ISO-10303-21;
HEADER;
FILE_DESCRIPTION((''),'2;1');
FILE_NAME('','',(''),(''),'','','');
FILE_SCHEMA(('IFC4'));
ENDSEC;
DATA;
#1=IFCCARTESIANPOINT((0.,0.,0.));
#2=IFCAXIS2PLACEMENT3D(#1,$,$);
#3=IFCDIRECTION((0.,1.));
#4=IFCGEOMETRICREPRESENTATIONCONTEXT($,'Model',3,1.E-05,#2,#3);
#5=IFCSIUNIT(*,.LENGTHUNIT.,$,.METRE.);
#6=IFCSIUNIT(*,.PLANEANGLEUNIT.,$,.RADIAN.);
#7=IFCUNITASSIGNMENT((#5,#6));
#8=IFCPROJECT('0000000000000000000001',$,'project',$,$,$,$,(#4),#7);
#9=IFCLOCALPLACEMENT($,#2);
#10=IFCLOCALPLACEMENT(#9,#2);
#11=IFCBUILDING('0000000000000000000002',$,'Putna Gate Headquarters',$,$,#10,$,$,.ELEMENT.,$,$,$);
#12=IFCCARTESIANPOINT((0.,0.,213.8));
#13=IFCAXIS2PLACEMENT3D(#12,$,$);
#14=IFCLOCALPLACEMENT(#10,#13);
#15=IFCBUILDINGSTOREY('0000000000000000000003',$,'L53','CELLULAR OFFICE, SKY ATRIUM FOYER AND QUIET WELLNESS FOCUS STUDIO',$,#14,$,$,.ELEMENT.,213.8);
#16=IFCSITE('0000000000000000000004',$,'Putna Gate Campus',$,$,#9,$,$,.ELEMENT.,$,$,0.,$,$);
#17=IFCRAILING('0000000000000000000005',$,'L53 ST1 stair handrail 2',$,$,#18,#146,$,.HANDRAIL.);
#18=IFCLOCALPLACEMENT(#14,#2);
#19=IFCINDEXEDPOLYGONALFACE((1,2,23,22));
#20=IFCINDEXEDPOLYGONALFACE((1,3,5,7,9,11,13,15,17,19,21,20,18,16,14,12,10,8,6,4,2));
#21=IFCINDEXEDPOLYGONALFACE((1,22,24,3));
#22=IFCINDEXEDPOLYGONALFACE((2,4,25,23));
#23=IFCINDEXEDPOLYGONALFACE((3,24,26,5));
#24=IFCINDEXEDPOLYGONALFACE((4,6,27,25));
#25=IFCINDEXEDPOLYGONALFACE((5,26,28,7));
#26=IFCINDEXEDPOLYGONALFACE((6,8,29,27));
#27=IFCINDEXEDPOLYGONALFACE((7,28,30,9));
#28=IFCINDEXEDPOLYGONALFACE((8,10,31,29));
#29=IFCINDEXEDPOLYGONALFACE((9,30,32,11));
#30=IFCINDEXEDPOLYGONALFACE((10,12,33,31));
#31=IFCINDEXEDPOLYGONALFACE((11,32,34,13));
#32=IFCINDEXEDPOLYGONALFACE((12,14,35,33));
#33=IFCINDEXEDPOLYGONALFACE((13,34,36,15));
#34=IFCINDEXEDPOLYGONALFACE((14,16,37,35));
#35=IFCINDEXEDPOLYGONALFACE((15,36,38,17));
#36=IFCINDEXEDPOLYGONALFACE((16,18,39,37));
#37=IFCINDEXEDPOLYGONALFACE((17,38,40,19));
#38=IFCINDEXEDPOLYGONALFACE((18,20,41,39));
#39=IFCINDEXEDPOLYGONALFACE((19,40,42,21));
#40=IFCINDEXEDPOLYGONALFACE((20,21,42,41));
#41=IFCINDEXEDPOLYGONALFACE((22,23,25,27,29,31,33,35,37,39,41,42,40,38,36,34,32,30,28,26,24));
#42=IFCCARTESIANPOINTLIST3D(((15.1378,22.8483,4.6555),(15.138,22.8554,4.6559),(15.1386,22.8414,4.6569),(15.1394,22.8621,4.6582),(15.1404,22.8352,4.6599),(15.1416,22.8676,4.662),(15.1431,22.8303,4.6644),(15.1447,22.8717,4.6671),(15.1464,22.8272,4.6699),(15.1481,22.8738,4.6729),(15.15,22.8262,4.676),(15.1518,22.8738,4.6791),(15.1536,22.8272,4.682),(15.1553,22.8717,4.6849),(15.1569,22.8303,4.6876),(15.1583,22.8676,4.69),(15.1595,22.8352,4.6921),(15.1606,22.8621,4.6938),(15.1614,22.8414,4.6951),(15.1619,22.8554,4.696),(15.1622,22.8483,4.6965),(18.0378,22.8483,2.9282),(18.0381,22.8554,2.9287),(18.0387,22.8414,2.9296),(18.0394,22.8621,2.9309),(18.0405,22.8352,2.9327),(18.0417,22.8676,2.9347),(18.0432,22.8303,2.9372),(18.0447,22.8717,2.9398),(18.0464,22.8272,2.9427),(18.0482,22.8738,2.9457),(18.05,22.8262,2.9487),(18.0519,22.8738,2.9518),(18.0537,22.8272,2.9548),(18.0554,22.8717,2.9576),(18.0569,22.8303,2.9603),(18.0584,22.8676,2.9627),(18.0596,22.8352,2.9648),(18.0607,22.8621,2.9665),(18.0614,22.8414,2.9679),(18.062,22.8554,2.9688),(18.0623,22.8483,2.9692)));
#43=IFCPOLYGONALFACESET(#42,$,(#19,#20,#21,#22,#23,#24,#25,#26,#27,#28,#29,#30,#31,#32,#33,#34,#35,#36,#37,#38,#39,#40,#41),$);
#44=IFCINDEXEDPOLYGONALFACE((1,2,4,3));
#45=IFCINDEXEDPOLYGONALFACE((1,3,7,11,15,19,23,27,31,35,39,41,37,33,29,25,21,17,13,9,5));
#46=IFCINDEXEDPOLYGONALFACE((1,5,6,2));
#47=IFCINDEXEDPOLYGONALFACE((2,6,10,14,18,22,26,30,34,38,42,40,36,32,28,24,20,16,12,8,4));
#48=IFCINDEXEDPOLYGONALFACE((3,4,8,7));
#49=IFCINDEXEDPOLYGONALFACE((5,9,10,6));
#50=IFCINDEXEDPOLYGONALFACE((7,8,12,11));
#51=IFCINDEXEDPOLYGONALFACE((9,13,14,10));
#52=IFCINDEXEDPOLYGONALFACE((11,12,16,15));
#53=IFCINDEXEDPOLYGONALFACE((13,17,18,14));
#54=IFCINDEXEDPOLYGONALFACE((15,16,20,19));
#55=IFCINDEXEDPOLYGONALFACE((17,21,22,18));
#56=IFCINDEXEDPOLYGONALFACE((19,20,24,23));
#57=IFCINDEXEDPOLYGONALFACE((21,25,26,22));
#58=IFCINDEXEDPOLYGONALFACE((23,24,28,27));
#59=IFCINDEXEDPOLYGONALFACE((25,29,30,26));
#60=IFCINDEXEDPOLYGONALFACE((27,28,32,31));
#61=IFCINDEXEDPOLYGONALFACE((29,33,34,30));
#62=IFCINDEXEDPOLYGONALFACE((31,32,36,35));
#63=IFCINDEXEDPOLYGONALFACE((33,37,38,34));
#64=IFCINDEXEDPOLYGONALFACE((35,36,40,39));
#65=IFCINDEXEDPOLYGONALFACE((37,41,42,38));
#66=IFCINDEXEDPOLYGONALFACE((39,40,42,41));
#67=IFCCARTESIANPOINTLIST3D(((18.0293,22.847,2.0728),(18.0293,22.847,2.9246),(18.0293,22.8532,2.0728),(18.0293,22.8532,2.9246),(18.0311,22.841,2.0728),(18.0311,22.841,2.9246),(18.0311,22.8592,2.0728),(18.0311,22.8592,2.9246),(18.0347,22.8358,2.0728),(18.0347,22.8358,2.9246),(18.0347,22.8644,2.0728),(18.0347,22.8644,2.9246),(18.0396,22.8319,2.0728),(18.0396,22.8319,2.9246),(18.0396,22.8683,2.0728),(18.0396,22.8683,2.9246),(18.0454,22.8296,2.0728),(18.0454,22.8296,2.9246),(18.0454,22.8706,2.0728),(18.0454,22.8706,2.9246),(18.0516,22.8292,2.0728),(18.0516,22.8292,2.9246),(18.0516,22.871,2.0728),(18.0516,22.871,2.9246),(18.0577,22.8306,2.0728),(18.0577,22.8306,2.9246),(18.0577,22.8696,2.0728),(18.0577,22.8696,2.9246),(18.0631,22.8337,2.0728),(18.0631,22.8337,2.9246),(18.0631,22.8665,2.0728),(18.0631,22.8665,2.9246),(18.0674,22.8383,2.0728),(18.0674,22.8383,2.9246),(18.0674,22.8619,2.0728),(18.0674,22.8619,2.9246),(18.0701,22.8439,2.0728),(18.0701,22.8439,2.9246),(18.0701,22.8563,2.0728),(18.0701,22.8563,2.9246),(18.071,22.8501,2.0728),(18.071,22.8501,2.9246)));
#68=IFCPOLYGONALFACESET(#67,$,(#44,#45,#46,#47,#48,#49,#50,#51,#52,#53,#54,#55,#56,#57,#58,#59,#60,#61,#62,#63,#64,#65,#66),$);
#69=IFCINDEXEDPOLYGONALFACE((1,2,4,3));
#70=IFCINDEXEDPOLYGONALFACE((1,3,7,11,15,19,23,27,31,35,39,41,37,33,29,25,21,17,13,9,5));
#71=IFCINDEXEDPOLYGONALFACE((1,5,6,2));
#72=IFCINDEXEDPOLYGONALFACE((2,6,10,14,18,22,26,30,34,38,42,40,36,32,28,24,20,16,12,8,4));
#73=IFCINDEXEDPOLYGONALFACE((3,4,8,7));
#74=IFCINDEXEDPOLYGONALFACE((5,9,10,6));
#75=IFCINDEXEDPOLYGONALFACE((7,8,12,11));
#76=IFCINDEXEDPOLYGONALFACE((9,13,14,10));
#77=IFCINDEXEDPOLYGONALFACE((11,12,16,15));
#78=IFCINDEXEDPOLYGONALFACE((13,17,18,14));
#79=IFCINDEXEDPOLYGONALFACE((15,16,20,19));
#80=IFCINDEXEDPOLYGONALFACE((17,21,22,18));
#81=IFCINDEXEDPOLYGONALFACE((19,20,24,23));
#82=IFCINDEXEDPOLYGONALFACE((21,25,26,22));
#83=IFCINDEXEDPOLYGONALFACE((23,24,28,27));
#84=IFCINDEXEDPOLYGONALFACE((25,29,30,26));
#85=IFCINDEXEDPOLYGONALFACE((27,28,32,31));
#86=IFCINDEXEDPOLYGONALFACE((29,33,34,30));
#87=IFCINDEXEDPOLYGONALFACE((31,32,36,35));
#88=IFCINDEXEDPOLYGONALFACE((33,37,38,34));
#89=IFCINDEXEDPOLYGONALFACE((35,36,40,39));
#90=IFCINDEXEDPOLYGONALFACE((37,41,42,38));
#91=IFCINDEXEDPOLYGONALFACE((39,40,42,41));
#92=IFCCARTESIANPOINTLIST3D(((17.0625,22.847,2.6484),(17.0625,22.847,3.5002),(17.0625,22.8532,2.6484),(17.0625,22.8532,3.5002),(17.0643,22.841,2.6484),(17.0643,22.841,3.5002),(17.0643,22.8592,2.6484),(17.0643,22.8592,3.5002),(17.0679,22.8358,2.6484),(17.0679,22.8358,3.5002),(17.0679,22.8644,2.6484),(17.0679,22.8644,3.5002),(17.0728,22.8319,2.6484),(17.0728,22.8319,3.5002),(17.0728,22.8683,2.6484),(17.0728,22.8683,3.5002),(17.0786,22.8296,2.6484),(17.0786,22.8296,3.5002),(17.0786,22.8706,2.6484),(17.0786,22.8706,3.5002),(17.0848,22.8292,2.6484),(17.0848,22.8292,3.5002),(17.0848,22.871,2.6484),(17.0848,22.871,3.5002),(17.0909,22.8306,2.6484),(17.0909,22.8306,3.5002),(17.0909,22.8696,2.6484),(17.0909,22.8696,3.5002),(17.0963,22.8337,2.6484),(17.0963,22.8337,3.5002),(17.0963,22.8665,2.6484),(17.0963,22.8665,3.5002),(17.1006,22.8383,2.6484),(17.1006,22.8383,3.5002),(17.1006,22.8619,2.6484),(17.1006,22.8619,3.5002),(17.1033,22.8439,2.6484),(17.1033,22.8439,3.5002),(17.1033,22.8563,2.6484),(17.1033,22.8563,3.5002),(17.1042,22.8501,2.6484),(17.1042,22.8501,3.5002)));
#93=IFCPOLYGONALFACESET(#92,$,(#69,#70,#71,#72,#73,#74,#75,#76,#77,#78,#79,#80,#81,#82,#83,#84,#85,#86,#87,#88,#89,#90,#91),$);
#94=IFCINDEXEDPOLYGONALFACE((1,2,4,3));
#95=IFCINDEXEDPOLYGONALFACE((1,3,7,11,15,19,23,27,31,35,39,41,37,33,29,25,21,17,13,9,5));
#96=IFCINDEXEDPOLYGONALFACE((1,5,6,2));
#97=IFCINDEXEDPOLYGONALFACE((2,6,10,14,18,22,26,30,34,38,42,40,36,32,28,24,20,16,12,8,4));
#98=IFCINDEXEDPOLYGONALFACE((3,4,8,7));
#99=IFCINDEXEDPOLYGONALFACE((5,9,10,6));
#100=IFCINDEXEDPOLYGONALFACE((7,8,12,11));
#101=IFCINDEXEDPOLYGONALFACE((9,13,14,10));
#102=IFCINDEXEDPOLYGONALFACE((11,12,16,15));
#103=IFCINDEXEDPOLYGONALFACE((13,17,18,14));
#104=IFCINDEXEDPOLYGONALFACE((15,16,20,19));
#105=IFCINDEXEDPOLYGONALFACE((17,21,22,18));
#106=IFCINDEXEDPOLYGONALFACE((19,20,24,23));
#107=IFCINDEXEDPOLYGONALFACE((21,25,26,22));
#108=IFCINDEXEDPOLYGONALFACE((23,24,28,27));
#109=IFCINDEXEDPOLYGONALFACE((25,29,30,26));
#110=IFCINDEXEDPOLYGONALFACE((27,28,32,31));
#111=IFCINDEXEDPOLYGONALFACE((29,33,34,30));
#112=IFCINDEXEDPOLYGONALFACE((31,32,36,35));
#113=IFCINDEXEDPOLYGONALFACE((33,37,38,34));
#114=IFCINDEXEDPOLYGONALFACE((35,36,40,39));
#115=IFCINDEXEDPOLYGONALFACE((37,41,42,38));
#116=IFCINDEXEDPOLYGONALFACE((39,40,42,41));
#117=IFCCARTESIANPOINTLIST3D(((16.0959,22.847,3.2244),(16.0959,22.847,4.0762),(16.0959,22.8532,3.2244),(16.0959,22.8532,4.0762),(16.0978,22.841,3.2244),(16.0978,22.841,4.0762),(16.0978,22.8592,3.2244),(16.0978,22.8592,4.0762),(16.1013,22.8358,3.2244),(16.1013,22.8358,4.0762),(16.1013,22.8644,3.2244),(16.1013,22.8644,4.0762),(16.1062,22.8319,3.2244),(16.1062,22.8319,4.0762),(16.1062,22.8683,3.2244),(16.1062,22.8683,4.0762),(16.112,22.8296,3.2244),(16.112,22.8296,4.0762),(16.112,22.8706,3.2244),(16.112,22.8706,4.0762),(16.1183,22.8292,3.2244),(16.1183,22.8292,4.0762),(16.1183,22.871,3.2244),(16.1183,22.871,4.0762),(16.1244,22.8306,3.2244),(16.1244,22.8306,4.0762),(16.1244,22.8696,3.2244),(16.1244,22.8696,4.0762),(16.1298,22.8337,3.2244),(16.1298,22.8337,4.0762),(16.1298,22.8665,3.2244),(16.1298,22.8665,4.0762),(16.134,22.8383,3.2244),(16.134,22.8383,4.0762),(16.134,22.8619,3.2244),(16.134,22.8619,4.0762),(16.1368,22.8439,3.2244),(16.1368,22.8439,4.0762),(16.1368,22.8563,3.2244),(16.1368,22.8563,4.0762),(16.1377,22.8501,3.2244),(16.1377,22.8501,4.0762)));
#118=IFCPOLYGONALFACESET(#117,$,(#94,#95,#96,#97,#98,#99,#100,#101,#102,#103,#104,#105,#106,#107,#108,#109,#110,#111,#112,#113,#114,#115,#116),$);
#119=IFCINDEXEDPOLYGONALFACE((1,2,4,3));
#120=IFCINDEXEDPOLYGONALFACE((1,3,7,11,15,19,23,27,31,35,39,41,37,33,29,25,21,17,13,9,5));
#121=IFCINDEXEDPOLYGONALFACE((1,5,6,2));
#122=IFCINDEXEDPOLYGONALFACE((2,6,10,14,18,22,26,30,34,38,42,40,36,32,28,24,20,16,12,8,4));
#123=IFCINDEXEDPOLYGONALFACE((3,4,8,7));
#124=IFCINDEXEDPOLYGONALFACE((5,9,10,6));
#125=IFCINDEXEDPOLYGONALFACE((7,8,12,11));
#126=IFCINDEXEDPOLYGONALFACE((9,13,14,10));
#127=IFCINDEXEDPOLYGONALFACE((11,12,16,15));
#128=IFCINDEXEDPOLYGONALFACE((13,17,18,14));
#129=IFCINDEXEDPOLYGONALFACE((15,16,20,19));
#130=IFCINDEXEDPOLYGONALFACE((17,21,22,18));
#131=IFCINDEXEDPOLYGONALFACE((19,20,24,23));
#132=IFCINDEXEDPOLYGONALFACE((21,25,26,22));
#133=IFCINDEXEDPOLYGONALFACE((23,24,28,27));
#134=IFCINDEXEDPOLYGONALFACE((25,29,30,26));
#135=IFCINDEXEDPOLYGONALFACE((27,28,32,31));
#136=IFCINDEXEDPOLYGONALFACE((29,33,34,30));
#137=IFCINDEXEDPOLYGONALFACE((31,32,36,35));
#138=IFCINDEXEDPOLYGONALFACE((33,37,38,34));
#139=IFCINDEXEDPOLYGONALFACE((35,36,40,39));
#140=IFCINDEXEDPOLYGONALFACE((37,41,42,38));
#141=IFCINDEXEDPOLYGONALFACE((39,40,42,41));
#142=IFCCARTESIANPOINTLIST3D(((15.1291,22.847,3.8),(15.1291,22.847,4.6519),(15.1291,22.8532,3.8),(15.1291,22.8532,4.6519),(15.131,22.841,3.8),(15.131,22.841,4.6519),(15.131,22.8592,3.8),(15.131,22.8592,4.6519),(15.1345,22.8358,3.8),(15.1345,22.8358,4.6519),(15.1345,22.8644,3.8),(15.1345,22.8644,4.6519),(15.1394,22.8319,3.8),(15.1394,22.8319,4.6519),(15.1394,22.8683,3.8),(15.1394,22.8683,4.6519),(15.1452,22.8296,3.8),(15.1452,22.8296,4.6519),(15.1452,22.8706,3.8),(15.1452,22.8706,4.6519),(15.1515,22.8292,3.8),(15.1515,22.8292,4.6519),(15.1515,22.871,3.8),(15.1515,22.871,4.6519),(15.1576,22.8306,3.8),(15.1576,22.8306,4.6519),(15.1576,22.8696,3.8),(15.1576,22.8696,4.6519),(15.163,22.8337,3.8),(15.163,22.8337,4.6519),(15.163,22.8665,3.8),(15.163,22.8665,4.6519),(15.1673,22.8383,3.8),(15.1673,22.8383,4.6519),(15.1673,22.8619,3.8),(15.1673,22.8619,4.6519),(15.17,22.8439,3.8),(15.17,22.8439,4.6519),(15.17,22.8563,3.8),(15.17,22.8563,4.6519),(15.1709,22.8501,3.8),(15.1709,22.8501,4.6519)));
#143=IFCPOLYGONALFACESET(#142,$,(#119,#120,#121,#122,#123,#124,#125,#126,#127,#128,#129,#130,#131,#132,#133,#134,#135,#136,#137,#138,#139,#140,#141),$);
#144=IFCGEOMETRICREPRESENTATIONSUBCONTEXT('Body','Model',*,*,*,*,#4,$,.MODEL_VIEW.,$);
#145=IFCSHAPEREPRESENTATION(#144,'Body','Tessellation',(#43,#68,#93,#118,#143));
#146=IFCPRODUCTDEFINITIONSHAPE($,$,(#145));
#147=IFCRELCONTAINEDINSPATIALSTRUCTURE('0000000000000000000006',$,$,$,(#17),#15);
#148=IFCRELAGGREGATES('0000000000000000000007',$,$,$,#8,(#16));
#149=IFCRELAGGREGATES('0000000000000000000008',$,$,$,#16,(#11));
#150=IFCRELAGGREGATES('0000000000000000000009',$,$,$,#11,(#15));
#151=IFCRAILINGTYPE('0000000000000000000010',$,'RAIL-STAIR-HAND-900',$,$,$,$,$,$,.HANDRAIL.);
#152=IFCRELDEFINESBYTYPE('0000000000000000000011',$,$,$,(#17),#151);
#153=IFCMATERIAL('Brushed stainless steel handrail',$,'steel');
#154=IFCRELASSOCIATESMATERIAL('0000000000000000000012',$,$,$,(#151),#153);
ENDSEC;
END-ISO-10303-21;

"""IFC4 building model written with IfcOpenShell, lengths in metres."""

from ifc_helpers import new_model, si_unit, direction, frame, origin, origin_2d, place, context, subcontext, project, spatial, circle, extrude, material, type_object, element, save


model = new_model("IFC4")

# Units and contexts
model_context = context("Model", 3, precision=1e-05, world=origin(), true_north=direction((0.0, 1.0)))
body_context = subcontext(model_context, "Body", "Model", "MODEL_VIEW")
ifc_project = project(units=[si_unit("LENGTHUNIT", "METRE"), si_unit("PLANEANGLEUNIT", "RADIAN")], contexts=[model_context])

# Site, building, storey
site_placement = place(None, origin())
site = spatial("IfcSite", under=ifc_project, at=site_placement, Name="Putna Gate Campus", CompositionType="ELEMENT", RefElevation=0.0)
building_placement = place(site_placement, origin())
building = spatial("IfcBuilding", under=site, at=building_placement, Name="Putna Gate Headquarters", CompositionType="ELEMENT")
storey_placement = place(building_placement, frame((0.0, 0.0, 213.8)))
storey = spatial("IfcBuildingStorey", under=building, at=storey_placement, Name="L53", Description="CELLULAR OFFICE, SKY ATRIUM FOYER AND QUIET WELLNESS FOCUS STUDIO", CompositionType="ELEMENT", Elevation=213.8)

# Railing
ifc_material_1 = material(Name="Brushed stainless steel handrail", Category="steel")
railing_type_1 = type_object("IfcRailingType", Name="RAIL-STAIR-HAND-900", PredefinedType="HANDRAIL", material=ifc_material_1)
railing_1_placement = place(storey_placement, frame((18.05, 22.8501, 2.0728)))
element("IfcRailing", 1, at=railing_1_placement, inside=storey, type_object=railing_type_1, Name="L53 ST1 stair handrail 2", PredefinedType="HANDRAIL", context=body_context, shape_type="SweptSolid", body=[
    extrude(circle(Radius=0.0239, at=origin_2d()), frame((0.0, 0.0, 0.876), z_axis=(-0.85916, 0.0, 0.511706), x_axis=(0.0, -1.0, 0.0)), (0.0, 0.0, 1.0), 3.3755),
    extrude(circle(Radius=0.021, at=origin_2d()), origin(), (0.0, 0.0, 1.0), 0.8518),
    extrude(circle(Radius=0.021, at=origin_2d()), frame((-0.9668, 0.0, 0.5757)), (0.0, 0.0, 1.0), 0.8518),
    extrude(circle(Radius=0.021, at=origin_2d()), frame((-1.9333, 0.0, 1.1516)), (0.0, 0.0, 1.0), 0.8518),
    extrude(circle(Radius=0.021, at=origin_2d()), frame((-2.9001, 0.0, 1.7273)), (0.0, 0.0, 1.0), 0.8518),
])

save(model, "model.ifc")
